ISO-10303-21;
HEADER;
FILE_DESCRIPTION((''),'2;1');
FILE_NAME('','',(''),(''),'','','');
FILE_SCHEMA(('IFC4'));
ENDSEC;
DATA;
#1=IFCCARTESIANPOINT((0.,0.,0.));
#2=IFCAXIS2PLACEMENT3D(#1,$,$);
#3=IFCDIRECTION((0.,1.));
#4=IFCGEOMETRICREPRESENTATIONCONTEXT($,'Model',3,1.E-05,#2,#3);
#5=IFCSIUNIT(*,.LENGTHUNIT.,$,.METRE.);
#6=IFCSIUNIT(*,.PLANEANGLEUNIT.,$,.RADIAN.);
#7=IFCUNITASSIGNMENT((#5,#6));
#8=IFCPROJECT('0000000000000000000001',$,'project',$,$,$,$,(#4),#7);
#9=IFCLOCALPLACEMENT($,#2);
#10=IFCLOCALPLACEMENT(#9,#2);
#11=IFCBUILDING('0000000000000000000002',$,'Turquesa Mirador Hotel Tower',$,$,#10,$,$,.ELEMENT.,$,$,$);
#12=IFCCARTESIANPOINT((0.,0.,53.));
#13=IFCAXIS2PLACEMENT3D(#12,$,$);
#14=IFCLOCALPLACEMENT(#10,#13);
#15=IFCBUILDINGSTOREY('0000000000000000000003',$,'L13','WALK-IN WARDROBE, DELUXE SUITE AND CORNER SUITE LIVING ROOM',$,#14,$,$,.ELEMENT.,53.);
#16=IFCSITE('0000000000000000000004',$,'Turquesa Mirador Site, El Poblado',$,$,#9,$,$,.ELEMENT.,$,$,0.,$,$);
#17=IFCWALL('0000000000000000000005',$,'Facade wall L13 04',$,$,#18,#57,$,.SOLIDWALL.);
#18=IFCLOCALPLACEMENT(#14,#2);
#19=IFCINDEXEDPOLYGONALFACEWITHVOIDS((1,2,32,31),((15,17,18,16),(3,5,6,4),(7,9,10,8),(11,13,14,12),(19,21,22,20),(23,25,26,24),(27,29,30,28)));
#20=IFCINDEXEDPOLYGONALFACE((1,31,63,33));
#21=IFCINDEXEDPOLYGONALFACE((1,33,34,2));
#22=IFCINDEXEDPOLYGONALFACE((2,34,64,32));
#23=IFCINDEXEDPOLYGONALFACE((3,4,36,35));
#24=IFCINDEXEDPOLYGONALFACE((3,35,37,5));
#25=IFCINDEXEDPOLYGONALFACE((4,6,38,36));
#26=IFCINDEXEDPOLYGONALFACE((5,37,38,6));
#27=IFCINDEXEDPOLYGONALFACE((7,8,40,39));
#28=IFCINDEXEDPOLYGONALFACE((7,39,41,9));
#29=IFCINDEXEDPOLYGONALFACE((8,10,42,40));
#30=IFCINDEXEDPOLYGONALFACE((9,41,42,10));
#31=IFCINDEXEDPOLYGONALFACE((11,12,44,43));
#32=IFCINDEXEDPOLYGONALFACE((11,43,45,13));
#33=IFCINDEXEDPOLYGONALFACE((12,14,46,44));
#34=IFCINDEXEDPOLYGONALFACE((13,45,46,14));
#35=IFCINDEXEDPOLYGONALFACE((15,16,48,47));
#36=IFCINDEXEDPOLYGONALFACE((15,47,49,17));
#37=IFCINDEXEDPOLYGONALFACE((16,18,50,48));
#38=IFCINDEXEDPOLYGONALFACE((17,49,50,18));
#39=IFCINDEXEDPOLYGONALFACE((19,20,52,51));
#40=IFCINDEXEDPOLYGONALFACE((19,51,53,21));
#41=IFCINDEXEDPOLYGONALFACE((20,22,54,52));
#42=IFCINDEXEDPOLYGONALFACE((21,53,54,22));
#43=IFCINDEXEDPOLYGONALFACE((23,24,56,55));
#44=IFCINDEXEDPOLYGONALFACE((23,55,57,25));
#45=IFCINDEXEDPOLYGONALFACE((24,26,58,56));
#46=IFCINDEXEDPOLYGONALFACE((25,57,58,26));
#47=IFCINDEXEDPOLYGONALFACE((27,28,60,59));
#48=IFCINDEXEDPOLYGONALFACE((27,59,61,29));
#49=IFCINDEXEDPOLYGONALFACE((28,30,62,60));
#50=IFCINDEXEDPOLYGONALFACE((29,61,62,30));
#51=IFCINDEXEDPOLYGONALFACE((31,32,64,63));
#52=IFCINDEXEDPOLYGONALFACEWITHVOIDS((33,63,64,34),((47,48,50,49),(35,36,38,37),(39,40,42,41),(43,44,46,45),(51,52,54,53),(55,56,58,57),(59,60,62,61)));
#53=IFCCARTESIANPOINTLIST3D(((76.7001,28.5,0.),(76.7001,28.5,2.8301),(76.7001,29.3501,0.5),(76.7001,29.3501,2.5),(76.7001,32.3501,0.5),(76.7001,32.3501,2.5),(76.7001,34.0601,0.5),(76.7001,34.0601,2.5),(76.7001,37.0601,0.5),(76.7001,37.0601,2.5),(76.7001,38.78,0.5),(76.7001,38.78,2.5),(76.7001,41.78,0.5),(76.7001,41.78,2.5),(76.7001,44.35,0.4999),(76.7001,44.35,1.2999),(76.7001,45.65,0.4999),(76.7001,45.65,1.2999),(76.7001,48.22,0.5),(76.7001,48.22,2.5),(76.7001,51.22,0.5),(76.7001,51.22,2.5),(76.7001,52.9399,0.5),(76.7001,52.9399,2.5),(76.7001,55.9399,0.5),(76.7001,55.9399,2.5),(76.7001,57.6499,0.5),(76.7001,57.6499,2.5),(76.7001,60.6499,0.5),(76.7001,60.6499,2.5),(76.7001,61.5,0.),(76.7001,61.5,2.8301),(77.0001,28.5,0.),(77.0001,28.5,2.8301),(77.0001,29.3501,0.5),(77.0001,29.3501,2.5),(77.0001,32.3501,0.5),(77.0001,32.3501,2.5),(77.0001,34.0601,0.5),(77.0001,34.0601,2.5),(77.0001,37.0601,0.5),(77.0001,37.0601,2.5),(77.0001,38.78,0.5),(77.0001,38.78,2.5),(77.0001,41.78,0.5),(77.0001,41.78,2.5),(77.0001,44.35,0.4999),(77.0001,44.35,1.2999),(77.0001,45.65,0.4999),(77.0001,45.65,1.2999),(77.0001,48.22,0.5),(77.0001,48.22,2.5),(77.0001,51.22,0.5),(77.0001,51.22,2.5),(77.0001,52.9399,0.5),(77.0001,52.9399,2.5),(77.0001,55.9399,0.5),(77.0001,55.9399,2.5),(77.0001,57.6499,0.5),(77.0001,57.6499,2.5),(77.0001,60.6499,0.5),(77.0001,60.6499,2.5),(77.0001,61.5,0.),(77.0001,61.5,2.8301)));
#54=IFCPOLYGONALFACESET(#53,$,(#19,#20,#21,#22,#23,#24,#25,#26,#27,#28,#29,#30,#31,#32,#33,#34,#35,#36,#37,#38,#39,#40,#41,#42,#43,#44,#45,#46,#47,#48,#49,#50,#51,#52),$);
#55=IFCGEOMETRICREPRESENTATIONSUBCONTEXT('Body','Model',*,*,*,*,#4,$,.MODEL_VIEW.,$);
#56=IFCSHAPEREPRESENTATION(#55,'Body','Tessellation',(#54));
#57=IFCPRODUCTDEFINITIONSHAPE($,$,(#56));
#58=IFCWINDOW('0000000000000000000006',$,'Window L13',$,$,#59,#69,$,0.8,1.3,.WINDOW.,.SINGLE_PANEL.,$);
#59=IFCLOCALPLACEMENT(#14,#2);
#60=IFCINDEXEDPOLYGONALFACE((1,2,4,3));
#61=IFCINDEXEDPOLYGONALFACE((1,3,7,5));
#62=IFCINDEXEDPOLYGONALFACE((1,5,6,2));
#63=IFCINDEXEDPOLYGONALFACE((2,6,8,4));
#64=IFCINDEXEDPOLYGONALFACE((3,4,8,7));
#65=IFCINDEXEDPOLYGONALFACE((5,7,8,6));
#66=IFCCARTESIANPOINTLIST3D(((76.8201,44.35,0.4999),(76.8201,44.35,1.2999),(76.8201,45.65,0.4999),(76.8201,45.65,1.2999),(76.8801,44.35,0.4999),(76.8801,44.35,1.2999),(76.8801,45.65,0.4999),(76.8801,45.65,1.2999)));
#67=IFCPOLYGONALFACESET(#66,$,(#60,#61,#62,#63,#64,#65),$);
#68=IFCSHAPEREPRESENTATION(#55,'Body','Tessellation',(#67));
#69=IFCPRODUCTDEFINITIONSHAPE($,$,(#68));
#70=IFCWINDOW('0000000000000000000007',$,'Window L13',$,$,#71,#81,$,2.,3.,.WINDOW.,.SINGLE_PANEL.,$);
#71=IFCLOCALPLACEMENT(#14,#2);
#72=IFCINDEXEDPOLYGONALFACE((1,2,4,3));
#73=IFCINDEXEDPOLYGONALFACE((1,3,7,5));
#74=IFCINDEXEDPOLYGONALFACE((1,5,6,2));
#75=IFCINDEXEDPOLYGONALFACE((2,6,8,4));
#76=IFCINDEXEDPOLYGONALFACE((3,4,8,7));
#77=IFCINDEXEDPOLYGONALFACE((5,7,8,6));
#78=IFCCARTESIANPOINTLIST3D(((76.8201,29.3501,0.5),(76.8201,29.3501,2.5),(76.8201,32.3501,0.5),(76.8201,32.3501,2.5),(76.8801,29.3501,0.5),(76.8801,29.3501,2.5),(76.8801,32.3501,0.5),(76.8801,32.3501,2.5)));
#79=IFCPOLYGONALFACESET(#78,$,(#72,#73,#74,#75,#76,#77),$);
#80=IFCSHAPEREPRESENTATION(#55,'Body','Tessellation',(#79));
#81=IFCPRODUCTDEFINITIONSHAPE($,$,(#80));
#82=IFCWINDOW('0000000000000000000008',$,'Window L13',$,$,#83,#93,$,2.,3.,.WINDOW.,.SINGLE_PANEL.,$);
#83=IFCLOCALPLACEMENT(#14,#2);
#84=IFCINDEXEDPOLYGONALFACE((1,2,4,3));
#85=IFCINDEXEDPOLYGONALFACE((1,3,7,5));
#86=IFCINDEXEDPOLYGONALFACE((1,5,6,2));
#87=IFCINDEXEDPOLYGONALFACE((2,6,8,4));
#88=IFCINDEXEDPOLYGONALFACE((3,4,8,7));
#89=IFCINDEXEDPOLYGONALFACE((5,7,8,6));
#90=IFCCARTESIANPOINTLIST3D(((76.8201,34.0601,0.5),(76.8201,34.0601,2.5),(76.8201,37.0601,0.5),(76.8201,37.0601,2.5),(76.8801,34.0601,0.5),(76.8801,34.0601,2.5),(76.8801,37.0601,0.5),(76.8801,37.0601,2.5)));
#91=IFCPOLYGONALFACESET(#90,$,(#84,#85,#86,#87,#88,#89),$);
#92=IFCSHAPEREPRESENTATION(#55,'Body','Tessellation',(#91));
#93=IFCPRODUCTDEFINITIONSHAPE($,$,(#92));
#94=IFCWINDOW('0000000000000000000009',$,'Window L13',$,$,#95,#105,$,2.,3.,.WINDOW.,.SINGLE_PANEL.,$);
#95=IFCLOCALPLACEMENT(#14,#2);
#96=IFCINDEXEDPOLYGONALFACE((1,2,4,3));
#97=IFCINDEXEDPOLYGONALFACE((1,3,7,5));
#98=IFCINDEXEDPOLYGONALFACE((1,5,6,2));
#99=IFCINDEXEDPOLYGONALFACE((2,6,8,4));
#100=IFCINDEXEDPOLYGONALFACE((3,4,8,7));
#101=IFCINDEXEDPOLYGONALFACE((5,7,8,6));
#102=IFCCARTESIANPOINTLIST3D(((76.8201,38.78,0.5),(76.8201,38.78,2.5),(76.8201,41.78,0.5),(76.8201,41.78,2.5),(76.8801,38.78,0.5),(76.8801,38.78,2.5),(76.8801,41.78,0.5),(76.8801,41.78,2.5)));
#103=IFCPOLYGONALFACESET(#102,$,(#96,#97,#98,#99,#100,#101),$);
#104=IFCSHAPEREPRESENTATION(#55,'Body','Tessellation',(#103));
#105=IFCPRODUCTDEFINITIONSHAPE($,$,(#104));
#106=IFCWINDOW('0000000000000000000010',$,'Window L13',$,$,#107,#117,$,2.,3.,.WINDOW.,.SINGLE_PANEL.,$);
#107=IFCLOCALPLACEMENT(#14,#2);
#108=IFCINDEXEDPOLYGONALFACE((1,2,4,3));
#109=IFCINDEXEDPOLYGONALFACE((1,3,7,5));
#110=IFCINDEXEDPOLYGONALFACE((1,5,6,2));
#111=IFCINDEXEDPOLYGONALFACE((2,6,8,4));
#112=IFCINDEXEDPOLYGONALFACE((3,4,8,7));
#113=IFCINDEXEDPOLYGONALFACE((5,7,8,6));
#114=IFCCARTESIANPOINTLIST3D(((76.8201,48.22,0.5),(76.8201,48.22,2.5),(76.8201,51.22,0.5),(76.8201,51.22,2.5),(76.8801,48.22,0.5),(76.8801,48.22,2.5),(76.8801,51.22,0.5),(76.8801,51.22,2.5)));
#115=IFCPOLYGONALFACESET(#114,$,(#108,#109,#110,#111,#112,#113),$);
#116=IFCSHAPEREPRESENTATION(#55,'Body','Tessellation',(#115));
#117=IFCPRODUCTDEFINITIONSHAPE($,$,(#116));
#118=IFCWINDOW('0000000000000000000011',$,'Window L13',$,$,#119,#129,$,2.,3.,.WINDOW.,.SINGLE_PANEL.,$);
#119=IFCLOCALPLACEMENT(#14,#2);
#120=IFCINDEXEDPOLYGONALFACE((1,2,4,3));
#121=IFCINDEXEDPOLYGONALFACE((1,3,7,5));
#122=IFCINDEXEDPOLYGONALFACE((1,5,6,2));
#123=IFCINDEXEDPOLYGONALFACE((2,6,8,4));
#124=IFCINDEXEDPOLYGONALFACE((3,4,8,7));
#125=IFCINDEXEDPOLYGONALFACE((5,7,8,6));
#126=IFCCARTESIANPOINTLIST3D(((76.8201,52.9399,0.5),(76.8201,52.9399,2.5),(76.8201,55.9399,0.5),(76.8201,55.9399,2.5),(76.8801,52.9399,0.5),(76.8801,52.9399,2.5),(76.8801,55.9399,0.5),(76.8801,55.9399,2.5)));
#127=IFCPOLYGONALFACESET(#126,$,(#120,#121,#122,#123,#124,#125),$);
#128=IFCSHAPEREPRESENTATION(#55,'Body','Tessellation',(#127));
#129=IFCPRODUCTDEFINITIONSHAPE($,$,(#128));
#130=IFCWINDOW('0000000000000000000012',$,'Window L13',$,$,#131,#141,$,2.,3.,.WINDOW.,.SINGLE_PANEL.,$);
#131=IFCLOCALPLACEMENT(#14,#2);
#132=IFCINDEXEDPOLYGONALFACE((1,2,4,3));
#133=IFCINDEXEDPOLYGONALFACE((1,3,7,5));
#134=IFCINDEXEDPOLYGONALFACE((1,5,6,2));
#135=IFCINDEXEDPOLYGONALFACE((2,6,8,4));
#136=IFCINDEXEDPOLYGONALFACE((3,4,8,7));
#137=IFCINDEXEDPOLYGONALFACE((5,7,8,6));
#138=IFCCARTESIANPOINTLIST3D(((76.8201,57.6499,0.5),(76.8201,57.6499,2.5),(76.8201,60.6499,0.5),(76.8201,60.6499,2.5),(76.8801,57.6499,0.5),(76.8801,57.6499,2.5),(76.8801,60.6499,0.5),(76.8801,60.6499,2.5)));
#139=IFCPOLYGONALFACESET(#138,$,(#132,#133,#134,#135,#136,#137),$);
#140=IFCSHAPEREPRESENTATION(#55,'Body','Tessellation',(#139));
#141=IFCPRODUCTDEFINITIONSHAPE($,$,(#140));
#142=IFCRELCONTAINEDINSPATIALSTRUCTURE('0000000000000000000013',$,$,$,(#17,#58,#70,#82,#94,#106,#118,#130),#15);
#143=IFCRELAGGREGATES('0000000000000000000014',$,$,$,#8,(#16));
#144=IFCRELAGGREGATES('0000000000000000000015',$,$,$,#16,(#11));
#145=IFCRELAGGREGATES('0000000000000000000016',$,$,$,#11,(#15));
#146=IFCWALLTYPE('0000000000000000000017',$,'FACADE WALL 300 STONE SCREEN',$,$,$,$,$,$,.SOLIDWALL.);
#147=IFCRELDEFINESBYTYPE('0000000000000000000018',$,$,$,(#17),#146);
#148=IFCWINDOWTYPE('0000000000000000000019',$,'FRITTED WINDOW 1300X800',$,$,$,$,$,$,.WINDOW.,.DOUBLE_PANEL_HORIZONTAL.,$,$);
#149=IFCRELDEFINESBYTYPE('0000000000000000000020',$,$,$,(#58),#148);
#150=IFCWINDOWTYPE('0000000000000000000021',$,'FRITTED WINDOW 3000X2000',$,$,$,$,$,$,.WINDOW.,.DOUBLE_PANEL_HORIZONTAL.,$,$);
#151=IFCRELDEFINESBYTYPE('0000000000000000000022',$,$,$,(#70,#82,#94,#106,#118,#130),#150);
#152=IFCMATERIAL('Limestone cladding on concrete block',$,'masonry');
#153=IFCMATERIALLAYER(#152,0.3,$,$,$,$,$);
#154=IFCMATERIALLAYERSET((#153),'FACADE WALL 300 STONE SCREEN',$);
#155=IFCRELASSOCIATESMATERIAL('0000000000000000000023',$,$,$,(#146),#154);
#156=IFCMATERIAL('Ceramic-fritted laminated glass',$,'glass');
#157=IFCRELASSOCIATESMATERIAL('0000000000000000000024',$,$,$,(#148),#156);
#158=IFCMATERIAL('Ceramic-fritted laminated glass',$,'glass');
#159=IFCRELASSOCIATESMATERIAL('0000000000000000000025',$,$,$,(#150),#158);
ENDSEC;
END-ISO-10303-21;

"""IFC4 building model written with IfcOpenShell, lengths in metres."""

from ifc_helpers import new_model, si_unit, direction, frame, frame_2d, origin, place, context, subcontext, project, spatial, rectangle, extrude, material, layer, layer_set, type_object, element, fill, save


model = new_model("IFC4")

# Units and contexts
model_context = context("Model", 3, precision=1e-05, world=origin(), true_north=direction((0.0, 1.0)))
body_context = subcontext(model_context, "Body", "Model", "MODEL_VIEW")
ifc_project = project(units=[si_unit("LENGTHUNIT", "METRE"), si_unit("PLANEANGLEUNIT", "RADIAN")], contexts=[model_context])

# Site, building, storey
site_placement = place(None, origin())
site = spatial("IfcSite", under=ifc_project, at=site_placement, Name="Turquesa Mirador Site, El Poblado", CompositionType="ELEMENT", RefElevation=0.0)
building_placement = place(site_placement, origin())
building = spatial("IfcBuilding", under=site, at=building_placement, Name="Turquesa Mirador Hotel Tower", CompositionType="ELEMENT")
storey_placement = place(building_placement, frame((0.0, 0.0, 53.0)))
storey = spatial("IfcBuildingStorey", under=building, at=storey_placement, Name="L13", Description="WALK-IN WARDROBE, DELUXE SUITE AND CORNER SUITE LIVING ROOM", CompositionType="ELEMENT", Elevation=53.0)

# Shared definitions
ifc_material_1 = material(Name="Limestone cladding on concrete block", Category="masonry")
ifc_layer = layer(ifc_material_1, 0.3)
ifc_layer_set = layer_set([ifc_layer], Name="FACADE WALL 300 STONE SCREEN")
wall_type = type_object("IfcWallType", Name="FACADE WALL 300 STONE SCREEN", PredefinedType="SOLIDWALL", material=ifc_layer_set)

# Wall, openings, windows
wall_1_placement = place(storey_placement, frame((76.8501, 28.5, 0.0), z_axis=(0.0, 0.0, 1.0), x_axis=(0.0, 1.0, 0.0)))
wall_1 = element("IfcWall", 1, at=wall_1_placement, inside=storey, type_object=wall_type, Name="Facade wall L13 04", PredefinedType="SOLIDWALL", context=body_context, shape_type="SweptSolid", body=[
    extrude(rectangle(XDim=33.0, YDim=0.3, at=frame_2d((16.5, 0.0))), origin(), (0.0, 0.0, 1.0), 2.8301),
])
opening_1_placement = place(wall_1_placement, frame((0.8501, 0.0, 0.5)))
opening_1 = element("IfcOpeningElement", 2, at=opening_1_placement, cuts=wall_1, PredefinedType="OPENING", context=body_context, shape_type="SweptSolid", body=[
    extrude(rectangle(XDim=3.0, YDim=2.0, at=frame_2d((1.5, 1.0))), frame((0.0, 0.1599, 0.0), z_axis=(0.0, -1.0, 0.0), x_axis=(1.0, 0.0, 0.0)), (0.0, 0.0, 1.0), 0.3201),
])
opening_2_placement = place(wall_1_placement, frame((5.5601, 0.0, 0.5)))
opening_2 = element("IfcOpeningElement", 3, at=opening_2_placement, cuts=wall_1, PredefinedType="OPENING", context=body_context, shape_type="SweptSolid", body=[
    extrude(rectangle(XDim=3.0, YDim=2.0, at=frame_2d((1.5, 1.0))), frame((0.0, 0.1599, 0.0), z_axis=(0.0, -1.0, 0.0), x_axis=(1.0, 0.0, 0.0)), (0.0, 0.0, 1.0), 0.3201),
])
opening_3_placement = place(wall_1_placement, frame((10.28, 0.0, 0.5)))
opening_3 = element("IfcOpeningElement", 4, at=opening_3_placement, cuts=wall_1, PredefinedType="OPENING", context=body_context, shape_type="SweptSolid", body=[
    extrude(rectangle(XDim=3.0, YDim=2.0, at=frame_2d((1.5, 1.0))), frame((0.0, 0.1599, 0.0), z_axis=(0.0, -1.0, 0.0), x_axis=(1.0, 0.0, 0.0)), (0.0, 0.0, 1.0), 0.3201),
])
opening_4_placement = place(wall_1_placement, frame((15.8501, 0.0, 0.5)))
opening_4 = element("IfcOpeningElement", 5, at=opening_4_placement, cuts=wall_1, PredefinedType="OPENING", context=body_context, shape_type="SweptSolid", body=[
    extrude(rectangle(XDim=1.3, YDim=0.8, at=frame_2d((0.6499, 0.3999))), frame((0.0, 0.1599, 0.0), z_axis=(0.0, -1.0, 0.0), x_axis=(1.0, 0.0, 0.0)), (0.0, 0.0, 1.0), 0.3201),
])
opening_5_placement = place(wall_1_placement, frame((19.72, 0.0, 0.5)))
opening_5 = element("IfcOpeningElement", 6, at=opening_5_placement, cuts=wall_1, PredefinedType="OPENING", context=body_context, shape_type="SweptSolid", body=[
    extrude(rectangle(XDim=3.0, YDim=2.0, at=frame_2d((1.5, 1.0))), frame((0.0, 0.1599, 0.0), z_axis=(0.0, -1.0, 0.0), x_axis=(1.0, 0.0, 0.0)), (0.0, 0.0, 1.0), 0.3201),
])
opening_6_placement = place(wall_1_placement, frame((24.4399, 0.0, 0.5)))
opening_6 = element("IfcOpeningElement", 7, at=opening_6_placement, cuts=wall_1, PredefinedType="OPENING", context=body_context, shape_type="SweptSolid", body=[
    extrude(rectangle(XDim=3.0, YDim=2.0, at=frame_2d((1.5, 1.0))), frame((0.0, 0.1599, 0.0), z_axis=(0.0, -1.0, 0.0), x_axis=(1.0, 0.0, 0.0)), (0.0, 0.0, 1.0), 0.3201),
])
opening_7_placement = place(wall_1_placement, frame((29.1499, 0.0, 0.5)))
opening_7 = element("IfcOpeningElement", 8, at=opening_7_placement, cuts=wall_1, PredefinedType="OPENING", context=body_context, shape_type="SweptSolid", body=[
    extrude(rectangle(XDim=3.0, YDim=2.0, at=frame_2d((1.5, 1.0))), frame((0.0, 0.1599, 0.0), z_axis=(0.0, -1.0, 0.0), x_axis=(1.0, 0.0, 0.0)), (0.0, 0.0, 1.0), 0.3201),
])
ifc_material_2 = material(Name="Ceramic-fritted laminated glass", Category="glass")
window_type_1 = type_object("IfcWindowType", Name="FRITTED WINDOW 1300X800", PartitioningType="DOUBLE_PANEL_HORIZONTAL", PredefinedType="WINDOW", material=ifc_material_2)
window_1_placement = place(opening_4_placement, origin())
window_1 = element("IfcWindow", 9, at=window_1_placement, inside=storey, type_object=window_type_1, Name="Window L13", OverallHeight=0.8, OverallWidth=1.3, PartitioningType="SINGLE_PANEL", PredefinedType="WINDOW", context=body_context, shape_type="SweptSolid", body=[
    extrude(rectangle(XDim=1.3, YDim=0.8, at=frame_2d((0.6499, 0.3999))), frame((0.0, 0.03, 0.0), z_axis=(0.0, -1.0, 0.0), x_axis=(1.0, 0.0, 0.0)), (0.0, 0.0, 1.0), 0.0601),
])
fill(opening_4, window_1)
ifc_material_3 = material(Name="Ceramic-fritted laminated glass", Category="glass")
window_type_2 = type_object("IfcWindowType", Name="FRITTED WINDOW 3000X2000", PartitioningType="DOUBLE_PANEL_HORIZONTAL", PredefinedType="WINDOW", material=ifc_material_3)
window_2_placement = place(opening_1_placement, origin())
window_2 = element("IfcWindow", 10, at=window_2_placement, inside=storey, type_object=window_type_2, Name="Window L13", OverallHeight=2.0, OverallWidth=3.0, PartitioningType="SINGLE_PANEL", PredefinedType="WINDOW", context=body_context, shape_type="SweptSolid", body=[
    extrude(rectangle(XDim=3.0, YDim=2.0, at=frame_2d((1.5, 1.0))), frame((0.0, 0.03, 0.0), z_axis=(0.0, -1.0, 0.0), x_axis=(1.0, 0.0, 0.0)), (0.0, 0.0, 1.0), 0.0601),
])
fill(opening_1, window_2)
window_3_placement = place(opening_2_placement, origin())
window_3 = element("IfcWindow", 11, at=window_3_placement, inside=storey, type_object=window_type_2, Name="Window L13", OverallHeight=2.0, OverallWidth=3.0, PartitioningType="SINGLE_PANEL", PredefinedType="WINDOW", context=body_context, shape_type="SweptSolid", body=[
    extrude(rectangle(XDim=3.0, YDim=2.0, at=frame_2d((1.5, 1.0))), frame((0.0, 0.03, 0.0), z_axis=(0.0, -1.0, 0.0), x_axis=(1.0, 0.0, 0.0)), (0.0, 0.0, 1.0), 0.0601),
])
fill(opening_2, window_3)
window_4_placement = place(opening_3_placement, origin())
window_4 = element("IfcWindow", 12, at=window_4_placement, inside=storey, type_object=window_type_2, Name="Window L13", OverallHeight=2.0, OverallWidth=3.0, PartitioningType="SINGLE_PANEL", PredefinedType="WINDOW", context=body_context, shape_type="SweptSolid", body=[
    extrude(rectangle(XDim=3.0, YDim=2.0, at=frame_2d((1.5, 1.0))), frame((0.0, 0.03, 0.0), z_axis=(0.0, -1.0, 0.0), x_axis=(1.0, 0.0, 0.0)), (0.0, 0.0, 1.0), 0.0601),
])
fill(opening_3, window_4)
window_5_placement = place(opening_5_placement, origin())
window_5 = element("IfcWindow", 13, at=window_5_placement, inside=storey, type_object=window_type_2, Name="Window L13", OverallHeight=2.0, OverallWidth=3.0, PartitioningType="SINGLE_PANEL", PredefinedType="WINDOW", context=body_context, shape_type="SweptSolid", body=[
    extrude(rectangle(XDim=3.0, YDim=2.0, at=frame_2d((1.5, 1.0))), frame((0.0, 0.03, 0.0), z_axis=(0.0, -1.0, 0.0), x_axis=(1.0, 0.0, 0.0)), (0.0, 0.0, 1.0), 0.0601),
])
fill(opening_5, window_5)
window_6_placement = place(opening_6_placement, origin())
window_6 = element("IfcWindow", 14, at=window_6_placement, inside=storey, type_object=window_type_2, Name="Window L13", OverallHeight=2.0, OverallWidth=3.0, PartitioningType="SINGLE_PANEL", PredefinedType="WINDOW", context=body_context, shape_type="SweptSolid", body=[
    extrude(rectangle(XDim=3.0, YDim=2.0, at=frame_2d((1.5, 1.0))), frame((0.0, 0.03, 0.0), z_axis=(0.0, -1.0, 0.0), x_axis=(1.0, 0.0, 0.0)), (0.0, 0.0, 1.0), 0.0601),
])
fill(opening_6, window_6)
window_7_placement = place(opening_7_placement, origin())
window_7 = element("IfcWindow", 15, at=window_7_placement, inside=storey, type_object=window_type_2, Name="Window L13", OverallHeight=2.0, OverallWidth=3.0, PartitioningType="SINGLE_PANEL", PredefinedType="WINDOW", context=body_context, shape_type="SweptSolid", body=[
    extrude(rectangle(XDim=3.0, YDim=2.0, at=frame_2d((1.5, 1.0))), frame((0.0, 0.03, 0.0), z_axis=(0.0, -1.0, 0.0), x_axis=(1.0, 0.0, 0.0)), (0.0, 0.0, 1.0), 0.0601),
])
fill(opening_7, window_7)

save(model, "model.ifc")
